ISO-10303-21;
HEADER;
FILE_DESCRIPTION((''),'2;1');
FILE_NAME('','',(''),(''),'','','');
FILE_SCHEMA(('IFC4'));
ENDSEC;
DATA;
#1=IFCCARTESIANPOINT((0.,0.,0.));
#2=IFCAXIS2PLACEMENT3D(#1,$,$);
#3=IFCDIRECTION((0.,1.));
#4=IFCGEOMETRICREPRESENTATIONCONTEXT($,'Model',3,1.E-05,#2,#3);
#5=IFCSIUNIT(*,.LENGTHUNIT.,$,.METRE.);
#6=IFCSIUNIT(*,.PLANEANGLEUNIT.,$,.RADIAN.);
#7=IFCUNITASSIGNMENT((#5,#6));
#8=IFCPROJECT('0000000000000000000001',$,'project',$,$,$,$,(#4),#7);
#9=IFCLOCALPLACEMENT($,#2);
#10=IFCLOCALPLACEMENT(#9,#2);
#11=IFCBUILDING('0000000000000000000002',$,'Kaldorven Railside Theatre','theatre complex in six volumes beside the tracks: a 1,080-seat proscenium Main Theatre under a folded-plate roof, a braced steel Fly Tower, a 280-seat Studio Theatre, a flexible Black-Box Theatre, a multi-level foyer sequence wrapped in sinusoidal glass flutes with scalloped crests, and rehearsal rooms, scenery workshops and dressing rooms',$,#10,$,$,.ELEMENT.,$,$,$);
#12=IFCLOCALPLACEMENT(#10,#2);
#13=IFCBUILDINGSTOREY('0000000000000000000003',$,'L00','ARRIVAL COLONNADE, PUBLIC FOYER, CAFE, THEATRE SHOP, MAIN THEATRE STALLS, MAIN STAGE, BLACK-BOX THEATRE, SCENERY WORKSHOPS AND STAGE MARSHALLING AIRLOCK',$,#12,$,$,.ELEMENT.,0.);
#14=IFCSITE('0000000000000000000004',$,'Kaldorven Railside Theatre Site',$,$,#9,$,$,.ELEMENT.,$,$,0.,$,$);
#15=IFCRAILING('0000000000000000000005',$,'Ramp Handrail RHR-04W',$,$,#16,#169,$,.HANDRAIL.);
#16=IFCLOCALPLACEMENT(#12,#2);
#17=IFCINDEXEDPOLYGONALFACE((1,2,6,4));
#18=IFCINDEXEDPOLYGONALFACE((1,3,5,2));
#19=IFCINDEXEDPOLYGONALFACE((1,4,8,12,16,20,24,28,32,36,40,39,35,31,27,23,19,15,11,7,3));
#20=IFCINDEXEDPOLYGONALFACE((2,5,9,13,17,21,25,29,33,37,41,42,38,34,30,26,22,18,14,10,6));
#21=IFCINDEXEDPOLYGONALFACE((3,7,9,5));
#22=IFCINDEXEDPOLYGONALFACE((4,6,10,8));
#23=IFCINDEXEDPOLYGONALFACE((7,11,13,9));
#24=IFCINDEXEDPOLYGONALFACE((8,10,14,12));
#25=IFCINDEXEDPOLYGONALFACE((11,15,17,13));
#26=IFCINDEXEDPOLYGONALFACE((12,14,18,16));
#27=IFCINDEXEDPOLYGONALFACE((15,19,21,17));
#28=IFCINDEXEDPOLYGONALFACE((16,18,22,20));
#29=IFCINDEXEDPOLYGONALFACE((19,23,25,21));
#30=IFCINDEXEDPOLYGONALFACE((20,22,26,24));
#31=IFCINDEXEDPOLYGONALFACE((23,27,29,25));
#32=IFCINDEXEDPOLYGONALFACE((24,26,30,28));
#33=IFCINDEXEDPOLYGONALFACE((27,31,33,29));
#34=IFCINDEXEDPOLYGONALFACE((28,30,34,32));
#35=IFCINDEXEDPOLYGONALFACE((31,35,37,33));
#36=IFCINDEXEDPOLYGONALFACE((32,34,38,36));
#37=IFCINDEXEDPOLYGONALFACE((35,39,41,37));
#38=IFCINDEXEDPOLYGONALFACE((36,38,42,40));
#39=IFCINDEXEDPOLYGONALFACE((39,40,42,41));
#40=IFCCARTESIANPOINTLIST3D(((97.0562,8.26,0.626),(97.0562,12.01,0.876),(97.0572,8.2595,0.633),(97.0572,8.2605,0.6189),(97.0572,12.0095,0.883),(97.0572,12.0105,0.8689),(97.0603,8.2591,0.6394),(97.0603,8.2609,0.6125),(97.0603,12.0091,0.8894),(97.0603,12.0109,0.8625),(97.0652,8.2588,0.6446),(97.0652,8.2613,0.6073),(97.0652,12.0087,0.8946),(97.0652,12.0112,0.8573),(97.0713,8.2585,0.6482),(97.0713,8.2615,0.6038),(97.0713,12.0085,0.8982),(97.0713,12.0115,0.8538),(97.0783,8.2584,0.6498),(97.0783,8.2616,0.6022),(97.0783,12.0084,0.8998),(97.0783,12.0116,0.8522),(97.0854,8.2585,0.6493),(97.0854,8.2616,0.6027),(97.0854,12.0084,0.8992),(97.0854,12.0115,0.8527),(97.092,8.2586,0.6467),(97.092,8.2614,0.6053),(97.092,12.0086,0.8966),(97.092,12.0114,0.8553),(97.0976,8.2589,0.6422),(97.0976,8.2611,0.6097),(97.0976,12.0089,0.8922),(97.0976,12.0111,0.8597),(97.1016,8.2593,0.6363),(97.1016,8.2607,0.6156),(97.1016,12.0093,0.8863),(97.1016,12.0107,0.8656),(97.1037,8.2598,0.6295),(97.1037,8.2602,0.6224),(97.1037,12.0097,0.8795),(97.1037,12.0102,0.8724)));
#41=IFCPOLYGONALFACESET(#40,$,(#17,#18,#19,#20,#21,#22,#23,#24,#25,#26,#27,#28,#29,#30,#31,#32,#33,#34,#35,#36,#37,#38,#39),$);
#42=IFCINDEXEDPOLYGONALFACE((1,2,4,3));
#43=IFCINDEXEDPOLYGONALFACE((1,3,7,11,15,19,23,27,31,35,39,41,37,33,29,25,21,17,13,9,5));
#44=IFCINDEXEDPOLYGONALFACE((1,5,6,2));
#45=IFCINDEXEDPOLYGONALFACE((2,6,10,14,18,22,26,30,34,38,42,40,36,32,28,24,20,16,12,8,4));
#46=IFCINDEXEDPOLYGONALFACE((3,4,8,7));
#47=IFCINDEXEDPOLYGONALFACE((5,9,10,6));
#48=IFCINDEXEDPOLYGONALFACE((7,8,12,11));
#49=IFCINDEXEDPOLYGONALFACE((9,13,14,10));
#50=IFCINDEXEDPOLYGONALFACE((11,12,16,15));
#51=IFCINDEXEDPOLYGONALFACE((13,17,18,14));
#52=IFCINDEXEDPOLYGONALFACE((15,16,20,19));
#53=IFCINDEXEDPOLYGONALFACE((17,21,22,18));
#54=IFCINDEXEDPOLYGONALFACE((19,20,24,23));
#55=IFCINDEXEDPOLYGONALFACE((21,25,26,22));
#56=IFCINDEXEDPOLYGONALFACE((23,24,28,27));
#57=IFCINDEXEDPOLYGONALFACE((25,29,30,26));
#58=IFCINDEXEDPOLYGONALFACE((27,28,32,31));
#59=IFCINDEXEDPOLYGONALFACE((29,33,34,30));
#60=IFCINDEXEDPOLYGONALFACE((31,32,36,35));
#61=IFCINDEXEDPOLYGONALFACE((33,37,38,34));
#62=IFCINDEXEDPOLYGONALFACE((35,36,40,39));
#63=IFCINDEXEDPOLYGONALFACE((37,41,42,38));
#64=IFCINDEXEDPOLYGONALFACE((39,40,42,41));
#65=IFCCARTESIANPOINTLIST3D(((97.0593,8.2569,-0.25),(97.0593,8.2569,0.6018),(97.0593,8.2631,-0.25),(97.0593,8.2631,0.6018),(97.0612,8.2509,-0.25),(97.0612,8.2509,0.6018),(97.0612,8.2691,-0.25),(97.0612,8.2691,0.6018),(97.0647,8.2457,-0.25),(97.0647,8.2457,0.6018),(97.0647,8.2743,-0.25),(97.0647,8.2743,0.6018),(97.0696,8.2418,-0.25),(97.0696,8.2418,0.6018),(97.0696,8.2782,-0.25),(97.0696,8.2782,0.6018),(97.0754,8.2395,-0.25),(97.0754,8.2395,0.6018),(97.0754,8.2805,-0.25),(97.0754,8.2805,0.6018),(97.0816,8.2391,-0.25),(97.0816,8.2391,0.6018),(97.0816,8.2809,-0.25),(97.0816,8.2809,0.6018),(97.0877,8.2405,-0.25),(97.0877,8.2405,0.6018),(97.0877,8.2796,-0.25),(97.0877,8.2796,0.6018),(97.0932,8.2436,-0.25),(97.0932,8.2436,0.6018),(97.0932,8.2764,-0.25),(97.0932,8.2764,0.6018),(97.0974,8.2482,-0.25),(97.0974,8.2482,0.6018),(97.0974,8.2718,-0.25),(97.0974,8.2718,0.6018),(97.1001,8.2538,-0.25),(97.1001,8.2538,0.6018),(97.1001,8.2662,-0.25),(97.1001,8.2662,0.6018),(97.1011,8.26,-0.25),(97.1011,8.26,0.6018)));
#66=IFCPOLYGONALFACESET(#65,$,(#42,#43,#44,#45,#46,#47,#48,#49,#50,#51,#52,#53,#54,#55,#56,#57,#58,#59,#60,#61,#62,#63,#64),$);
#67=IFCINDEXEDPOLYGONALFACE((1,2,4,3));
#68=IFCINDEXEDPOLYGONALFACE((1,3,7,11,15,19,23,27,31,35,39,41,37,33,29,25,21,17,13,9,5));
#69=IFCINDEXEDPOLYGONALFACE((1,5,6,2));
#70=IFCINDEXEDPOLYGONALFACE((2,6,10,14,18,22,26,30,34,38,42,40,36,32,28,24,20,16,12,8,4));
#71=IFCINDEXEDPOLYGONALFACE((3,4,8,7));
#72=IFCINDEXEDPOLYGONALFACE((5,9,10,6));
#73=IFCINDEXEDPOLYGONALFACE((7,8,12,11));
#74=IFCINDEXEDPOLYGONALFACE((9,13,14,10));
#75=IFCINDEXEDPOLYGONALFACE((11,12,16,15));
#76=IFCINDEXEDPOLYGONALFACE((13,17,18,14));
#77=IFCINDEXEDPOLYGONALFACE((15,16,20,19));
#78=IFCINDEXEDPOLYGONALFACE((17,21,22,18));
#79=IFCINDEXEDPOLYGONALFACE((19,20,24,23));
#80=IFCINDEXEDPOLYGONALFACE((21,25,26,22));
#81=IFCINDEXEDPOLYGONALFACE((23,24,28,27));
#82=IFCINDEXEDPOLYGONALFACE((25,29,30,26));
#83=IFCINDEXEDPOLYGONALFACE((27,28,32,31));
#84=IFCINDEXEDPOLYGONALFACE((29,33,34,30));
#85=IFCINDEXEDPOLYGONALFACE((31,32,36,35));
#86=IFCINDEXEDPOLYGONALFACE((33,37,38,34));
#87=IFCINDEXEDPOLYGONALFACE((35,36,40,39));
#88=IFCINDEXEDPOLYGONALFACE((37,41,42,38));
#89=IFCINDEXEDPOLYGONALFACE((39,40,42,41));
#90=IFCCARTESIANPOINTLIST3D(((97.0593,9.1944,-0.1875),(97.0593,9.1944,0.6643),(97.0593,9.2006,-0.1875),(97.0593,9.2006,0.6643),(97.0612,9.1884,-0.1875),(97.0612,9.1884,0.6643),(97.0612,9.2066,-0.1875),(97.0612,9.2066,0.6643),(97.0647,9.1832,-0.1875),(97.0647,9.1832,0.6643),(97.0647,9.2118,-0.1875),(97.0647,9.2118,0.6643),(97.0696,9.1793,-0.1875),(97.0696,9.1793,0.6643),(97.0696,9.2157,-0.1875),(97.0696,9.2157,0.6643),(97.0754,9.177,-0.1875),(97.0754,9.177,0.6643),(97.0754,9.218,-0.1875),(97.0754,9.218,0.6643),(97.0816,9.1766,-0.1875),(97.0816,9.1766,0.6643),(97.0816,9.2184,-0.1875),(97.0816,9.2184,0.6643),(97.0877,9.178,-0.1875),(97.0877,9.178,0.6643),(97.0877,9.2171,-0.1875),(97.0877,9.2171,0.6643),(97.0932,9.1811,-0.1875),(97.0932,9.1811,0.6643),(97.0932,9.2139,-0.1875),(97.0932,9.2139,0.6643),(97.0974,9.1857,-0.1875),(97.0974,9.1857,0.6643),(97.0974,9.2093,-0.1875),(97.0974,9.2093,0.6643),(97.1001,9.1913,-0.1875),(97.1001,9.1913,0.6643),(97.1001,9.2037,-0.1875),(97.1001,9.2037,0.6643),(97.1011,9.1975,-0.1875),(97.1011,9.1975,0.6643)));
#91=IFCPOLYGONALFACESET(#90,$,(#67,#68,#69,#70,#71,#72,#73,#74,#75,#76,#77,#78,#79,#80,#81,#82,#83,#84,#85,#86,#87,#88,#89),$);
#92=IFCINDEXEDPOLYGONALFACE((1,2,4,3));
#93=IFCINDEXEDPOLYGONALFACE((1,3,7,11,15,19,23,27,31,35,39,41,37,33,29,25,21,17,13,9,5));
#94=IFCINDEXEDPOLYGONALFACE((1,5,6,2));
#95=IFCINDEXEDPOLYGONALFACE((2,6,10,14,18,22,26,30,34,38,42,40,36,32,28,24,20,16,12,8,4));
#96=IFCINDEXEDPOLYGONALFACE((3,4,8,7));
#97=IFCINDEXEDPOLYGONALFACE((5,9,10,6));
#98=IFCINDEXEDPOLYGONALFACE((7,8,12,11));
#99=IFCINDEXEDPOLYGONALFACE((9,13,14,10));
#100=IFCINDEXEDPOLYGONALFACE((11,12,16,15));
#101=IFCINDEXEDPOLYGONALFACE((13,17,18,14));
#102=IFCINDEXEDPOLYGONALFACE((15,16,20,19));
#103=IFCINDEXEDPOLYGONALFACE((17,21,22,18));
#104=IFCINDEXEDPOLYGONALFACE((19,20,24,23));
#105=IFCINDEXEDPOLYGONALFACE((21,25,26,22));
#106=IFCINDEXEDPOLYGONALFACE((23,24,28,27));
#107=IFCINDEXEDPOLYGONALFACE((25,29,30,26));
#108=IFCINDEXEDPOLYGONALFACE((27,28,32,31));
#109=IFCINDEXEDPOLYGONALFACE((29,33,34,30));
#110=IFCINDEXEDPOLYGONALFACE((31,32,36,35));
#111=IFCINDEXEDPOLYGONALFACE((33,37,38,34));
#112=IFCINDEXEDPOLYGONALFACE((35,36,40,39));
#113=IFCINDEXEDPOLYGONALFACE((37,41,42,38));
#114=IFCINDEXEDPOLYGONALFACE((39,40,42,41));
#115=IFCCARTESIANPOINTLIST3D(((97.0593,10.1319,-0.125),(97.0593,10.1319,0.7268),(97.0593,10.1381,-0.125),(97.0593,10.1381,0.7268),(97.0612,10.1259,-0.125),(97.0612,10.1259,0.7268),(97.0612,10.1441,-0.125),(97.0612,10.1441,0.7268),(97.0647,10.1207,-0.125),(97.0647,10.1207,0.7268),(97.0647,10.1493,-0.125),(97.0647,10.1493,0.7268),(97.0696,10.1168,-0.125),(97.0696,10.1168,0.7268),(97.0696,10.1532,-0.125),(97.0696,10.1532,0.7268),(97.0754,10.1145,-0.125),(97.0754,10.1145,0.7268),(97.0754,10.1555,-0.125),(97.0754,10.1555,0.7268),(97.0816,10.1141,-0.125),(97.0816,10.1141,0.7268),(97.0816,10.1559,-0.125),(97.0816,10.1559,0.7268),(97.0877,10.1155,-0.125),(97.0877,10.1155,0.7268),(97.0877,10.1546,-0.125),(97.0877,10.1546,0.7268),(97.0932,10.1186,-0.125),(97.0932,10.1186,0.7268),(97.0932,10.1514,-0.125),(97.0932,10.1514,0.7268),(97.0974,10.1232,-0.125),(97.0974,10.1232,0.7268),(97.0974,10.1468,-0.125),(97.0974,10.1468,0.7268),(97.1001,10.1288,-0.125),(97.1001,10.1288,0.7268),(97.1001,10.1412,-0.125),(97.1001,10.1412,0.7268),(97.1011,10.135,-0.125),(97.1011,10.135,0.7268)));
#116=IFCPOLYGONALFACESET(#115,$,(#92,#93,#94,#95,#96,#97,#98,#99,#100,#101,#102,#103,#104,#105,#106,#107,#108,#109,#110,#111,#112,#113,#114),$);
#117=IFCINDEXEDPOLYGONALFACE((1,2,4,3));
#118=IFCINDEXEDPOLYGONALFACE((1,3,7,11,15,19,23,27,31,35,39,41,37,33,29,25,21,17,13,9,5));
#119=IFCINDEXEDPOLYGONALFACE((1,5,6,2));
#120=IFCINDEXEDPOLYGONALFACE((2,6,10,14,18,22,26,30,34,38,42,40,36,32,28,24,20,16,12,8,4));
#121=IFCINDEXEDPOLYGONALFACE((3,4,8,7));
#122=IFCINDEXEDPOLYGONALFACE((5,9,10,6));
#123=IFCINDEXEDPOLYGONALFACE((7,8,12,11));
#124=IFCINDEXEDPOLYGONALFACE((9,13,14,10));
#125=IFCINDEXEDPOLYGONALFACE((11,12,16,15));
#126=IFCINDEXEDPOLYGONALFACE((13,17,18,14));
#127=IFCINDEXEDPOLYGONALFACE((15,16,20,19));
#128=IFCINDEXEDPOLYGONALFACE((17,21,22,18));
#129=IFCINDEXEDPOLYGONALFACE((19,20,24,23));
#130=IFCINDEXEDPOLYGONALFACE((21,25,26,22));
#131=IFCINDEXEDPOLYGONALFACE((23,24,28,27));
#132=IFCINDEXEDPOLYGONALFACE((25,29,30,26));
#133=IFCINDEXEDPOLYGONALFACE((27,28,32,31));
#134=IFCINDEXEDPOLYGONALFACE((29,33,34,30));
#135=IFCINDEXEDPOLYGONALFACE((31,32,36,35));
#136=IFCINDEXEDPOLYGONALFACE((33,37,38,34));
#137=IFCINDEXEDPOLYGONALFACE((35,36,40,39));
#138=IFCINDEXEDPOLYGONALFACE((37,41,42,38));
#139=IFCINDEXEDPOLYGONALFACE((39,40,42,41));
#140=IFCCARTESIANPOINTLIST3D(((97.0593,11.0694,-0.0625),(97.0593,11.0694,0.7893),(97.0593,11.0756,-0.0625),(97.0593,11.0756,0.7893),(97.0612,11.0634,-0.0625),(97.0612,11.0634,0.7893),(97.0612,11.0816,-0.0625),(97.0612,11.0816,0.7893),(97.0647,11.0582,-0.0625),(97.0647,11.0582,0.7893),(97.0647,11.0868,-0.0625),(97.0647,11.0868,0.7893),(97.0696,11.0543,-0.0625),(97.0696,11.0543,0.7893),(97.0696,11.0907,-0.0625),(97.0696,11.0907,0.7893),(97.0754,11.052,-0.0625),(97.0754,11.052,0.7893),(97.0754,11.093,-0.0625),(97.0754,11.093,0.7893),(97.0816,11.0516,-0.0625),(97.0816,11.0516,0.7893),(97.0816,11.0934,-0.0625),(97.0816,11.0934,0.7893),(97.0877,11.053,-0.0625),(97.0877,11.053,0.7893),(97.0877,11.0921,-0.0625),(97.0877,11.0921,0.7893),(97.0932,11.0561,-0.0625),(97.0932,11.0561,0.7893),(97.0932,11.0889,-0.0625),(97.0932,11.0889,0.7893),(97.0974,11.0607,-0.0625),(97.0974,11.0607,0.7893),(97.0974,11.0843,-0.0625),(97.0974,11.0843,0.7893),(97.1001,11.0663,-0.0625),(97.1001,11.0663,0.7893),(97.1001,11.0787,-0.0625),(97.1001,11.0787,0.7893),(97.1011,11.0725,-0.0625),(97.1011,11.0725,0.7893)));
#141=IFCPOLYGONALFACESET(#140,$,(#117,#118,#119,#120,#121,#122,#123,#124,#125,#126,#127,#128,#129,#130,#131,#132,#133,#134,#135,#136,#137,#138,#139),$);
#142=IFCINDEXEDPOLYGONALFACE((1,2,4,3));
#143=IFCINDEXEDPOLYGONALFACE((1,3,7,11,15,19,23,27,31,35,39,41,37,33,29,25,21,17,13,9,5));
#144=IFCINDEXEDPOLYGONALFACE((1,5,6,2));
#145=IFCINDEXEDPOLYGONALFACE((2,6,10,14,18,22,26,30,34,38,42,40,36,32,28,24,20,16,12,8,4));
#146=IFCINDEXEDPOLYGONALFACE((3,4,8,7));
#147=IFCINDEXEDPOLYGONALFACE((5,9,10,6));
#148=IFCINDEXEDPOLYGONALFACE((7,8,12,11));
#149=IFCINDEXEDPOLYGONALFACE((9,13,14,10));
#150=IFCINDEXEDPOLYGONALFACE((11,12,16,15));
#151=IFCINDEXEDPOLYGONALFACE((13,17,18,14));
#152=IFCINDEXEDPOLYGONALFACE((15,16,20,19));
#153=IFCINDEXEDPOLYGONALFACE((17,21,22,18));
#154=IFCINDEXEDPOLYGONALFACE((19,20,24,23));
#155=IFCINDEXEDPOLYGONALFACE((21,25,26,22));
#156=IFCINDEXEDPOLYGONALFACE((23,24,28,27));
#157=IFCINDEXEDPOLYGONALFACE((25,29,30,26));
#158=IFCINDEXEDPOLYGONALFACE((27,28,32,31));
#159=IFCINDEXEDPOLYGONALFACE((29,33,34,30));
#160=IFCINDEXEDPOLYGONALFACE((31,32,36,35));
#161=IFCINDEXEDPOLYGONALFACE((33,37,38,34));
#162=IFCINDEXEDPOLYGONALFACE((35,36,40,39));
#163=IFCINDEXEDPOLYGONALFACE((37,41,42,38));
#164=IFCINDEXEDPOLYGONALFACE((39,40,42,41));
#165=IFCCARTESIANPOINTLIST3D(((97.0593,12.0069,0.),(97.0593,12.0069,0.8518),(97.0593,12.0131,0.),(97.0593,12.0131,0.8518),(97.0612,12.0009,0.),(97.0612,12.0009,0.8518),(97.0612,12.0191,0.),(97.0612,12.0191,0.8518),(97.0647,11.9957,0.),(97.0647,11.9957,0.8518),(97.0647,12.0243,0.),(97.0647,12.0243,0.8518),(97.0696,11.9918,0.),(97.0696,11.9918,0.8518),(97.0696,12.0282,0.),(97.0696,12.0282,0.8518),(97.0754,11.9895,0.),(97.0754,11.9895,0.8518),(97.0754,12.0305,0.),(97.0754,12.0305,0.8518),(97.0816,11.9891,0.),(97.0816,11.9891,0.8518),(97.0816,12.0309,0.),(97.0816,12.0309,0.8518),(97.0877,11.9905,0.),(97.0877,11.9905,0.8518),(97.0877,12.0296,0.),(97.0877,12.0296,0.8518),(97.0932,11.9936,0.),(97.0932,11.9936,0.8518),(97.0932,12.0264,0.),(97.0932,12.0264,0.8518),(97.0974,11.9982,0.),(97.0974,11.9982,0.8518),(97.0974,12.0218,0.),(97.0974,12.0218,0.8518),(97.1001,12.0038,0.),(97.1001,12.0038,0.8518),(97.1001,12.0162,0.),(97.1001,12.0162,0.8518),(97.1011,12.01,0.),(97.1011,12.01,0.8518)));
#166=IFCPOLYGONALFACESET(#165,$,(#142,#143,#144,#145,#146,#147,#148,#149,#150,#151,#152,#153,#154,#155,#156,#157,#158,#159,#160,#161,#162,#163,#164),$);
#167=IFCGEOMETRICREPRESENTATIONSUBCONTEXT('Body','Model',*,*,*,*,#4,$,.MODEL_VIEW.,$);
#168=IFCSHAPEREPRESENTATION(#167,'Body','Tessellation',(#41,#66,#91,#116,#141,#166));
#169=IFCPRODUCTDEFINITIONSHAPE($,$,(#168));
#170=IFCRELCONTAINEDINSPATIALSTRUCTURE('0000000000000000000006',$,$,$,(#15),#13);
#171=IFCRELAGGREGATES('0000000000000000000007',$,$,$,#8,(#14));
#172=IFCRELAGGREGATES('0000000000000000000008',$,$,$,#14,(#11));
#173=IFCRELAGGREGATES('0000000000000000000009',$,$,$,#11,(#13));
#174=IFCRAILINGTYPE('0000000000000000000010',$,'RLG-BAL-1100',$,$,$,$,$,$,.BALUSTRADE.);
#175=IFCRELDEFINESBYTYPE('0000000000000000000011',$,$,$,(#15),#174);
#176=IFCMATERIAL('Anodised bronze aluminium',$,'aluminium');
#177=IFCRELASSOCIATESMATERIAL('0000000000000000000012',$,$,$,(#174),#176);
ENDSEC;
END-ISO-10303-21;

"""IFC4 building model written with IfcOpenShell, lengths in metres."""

from ifc_helpers import new_model, si_unit, direction, frame, origin, origin_2d, place, context, subcontext, project, spatial, circle, extrude, material, type_object, element, save


model = new_model("IFC4")

# Units and contexts
model_context = context("Model", 3, precision=1e-05, world=origin(), true_north=direction((0.0, 1.0)))
body_context = subcontext(model_context, "Body", "Model", "MODEL_VIEW")
ifc_project = project(units=[si_unit("LENGTHUNIT", "METRE"), si_unit("PLANEANGLEUNIT", "RADIAN")], contexts=[model_context])

# Site, building, storey
site_placement = place(None, origin())
site = spatial("IfcSite", under=ifc_project, at=site_placement, Name="Kaldorven Railside Theatre Site", CompositionType="ELEMENT", RefElevation=0.0)
building_placement = place(site_placement, origin())
building = spatial("IfcBuilding", under=site, at=building_placement, Name="Kaldorven Railside Theatre", Description="theatre complex in six volumes beside the tracks: a 1,080-seat proscenium Main Theatre under a folded-plate roof, a braced steel Fly Tower, a 280-seat Studio Theatre, a flexible Black-Box Theatre, a multi-level foyer sequence wrapped in sinusoidal glass flutes with scalloped crests, and rehearsal rooms, scenery workshops and dressing rooms", CompositionType="ELEMENT")
storey_placement = place(building_placement, origin())
storey = spatial("IfcBuildingStorey", under=building, at=storey_placement, Name="L00", Description="ARRIVAL COLONNADE, PUBLIC FOYER, CAFE, THEATRE SHOP, MAIN THEATRE STALLS, MAIN STAGE, BLACK-BOX THEATRE, SCENERY WORKSHOPS AND STAGE MARSHALLING AIRLOCK", CompositionType="ELEMENT", Elevation=0.0)

# Railing
ifc_material_1 = material(Name="Anodised bronze aluminium", Category="aluminium")
railing_type = type_object("IfcRailingType", Name="RLG-BAL-1100", PredefinedType="BALUSTRADE", material=ifc_material_1)
for number, where, name in (
    (1, (97.0801, 8.26, -0.25), "Ramp Handrail RHR-04W"),
):
    element("IfcRailing", number, at=place(storey_placement, frame(where)), inside=storey, type_object=railing_type, Name=name, PredefinedType="HANDRAIL", context=body_context, shape_type="SweptSolid", body=[
        extrude(circle(Radius=0.0239, at=origin_2d()), frame((0.0, 0.0, 0.876), z_axis=(0.0, 0.997785, 0.066519), x_axis=(-1.0, 0.0, 0.0)), (0.0, 0.0, 1.0), 3.7583),
        extrude(circle(Radius=0.021, at=origin_2d()), origin(), (0.0, 0.0, 1.0), 0.8518),
        extrude(circle(Radius=0.021, at=origin_2d()), frame((0.0, 0.9375, 0.0625)), (0.0, 0.0, 1.0), 0.8518),
        extrude(circle(Radius=0.021, at=origin_2d()), frame((0.0, 1.875, 0.125)), (0.0, 0.0, 1.0), 0.8518),
        extrude(circle(Radius=0.021, at=origin_2d()), frame((0.0, 2.8125, 0.1875)), (0.0, 0.0, 1.0), 0.8518),
        extrude(circle(Radius=0.021, at=origin_2d()), frame((0.0, 3.75, 0.25)), (0.0, 0.0, 1.0), 0.8518),
    ])

save(model, "model.ifc")
